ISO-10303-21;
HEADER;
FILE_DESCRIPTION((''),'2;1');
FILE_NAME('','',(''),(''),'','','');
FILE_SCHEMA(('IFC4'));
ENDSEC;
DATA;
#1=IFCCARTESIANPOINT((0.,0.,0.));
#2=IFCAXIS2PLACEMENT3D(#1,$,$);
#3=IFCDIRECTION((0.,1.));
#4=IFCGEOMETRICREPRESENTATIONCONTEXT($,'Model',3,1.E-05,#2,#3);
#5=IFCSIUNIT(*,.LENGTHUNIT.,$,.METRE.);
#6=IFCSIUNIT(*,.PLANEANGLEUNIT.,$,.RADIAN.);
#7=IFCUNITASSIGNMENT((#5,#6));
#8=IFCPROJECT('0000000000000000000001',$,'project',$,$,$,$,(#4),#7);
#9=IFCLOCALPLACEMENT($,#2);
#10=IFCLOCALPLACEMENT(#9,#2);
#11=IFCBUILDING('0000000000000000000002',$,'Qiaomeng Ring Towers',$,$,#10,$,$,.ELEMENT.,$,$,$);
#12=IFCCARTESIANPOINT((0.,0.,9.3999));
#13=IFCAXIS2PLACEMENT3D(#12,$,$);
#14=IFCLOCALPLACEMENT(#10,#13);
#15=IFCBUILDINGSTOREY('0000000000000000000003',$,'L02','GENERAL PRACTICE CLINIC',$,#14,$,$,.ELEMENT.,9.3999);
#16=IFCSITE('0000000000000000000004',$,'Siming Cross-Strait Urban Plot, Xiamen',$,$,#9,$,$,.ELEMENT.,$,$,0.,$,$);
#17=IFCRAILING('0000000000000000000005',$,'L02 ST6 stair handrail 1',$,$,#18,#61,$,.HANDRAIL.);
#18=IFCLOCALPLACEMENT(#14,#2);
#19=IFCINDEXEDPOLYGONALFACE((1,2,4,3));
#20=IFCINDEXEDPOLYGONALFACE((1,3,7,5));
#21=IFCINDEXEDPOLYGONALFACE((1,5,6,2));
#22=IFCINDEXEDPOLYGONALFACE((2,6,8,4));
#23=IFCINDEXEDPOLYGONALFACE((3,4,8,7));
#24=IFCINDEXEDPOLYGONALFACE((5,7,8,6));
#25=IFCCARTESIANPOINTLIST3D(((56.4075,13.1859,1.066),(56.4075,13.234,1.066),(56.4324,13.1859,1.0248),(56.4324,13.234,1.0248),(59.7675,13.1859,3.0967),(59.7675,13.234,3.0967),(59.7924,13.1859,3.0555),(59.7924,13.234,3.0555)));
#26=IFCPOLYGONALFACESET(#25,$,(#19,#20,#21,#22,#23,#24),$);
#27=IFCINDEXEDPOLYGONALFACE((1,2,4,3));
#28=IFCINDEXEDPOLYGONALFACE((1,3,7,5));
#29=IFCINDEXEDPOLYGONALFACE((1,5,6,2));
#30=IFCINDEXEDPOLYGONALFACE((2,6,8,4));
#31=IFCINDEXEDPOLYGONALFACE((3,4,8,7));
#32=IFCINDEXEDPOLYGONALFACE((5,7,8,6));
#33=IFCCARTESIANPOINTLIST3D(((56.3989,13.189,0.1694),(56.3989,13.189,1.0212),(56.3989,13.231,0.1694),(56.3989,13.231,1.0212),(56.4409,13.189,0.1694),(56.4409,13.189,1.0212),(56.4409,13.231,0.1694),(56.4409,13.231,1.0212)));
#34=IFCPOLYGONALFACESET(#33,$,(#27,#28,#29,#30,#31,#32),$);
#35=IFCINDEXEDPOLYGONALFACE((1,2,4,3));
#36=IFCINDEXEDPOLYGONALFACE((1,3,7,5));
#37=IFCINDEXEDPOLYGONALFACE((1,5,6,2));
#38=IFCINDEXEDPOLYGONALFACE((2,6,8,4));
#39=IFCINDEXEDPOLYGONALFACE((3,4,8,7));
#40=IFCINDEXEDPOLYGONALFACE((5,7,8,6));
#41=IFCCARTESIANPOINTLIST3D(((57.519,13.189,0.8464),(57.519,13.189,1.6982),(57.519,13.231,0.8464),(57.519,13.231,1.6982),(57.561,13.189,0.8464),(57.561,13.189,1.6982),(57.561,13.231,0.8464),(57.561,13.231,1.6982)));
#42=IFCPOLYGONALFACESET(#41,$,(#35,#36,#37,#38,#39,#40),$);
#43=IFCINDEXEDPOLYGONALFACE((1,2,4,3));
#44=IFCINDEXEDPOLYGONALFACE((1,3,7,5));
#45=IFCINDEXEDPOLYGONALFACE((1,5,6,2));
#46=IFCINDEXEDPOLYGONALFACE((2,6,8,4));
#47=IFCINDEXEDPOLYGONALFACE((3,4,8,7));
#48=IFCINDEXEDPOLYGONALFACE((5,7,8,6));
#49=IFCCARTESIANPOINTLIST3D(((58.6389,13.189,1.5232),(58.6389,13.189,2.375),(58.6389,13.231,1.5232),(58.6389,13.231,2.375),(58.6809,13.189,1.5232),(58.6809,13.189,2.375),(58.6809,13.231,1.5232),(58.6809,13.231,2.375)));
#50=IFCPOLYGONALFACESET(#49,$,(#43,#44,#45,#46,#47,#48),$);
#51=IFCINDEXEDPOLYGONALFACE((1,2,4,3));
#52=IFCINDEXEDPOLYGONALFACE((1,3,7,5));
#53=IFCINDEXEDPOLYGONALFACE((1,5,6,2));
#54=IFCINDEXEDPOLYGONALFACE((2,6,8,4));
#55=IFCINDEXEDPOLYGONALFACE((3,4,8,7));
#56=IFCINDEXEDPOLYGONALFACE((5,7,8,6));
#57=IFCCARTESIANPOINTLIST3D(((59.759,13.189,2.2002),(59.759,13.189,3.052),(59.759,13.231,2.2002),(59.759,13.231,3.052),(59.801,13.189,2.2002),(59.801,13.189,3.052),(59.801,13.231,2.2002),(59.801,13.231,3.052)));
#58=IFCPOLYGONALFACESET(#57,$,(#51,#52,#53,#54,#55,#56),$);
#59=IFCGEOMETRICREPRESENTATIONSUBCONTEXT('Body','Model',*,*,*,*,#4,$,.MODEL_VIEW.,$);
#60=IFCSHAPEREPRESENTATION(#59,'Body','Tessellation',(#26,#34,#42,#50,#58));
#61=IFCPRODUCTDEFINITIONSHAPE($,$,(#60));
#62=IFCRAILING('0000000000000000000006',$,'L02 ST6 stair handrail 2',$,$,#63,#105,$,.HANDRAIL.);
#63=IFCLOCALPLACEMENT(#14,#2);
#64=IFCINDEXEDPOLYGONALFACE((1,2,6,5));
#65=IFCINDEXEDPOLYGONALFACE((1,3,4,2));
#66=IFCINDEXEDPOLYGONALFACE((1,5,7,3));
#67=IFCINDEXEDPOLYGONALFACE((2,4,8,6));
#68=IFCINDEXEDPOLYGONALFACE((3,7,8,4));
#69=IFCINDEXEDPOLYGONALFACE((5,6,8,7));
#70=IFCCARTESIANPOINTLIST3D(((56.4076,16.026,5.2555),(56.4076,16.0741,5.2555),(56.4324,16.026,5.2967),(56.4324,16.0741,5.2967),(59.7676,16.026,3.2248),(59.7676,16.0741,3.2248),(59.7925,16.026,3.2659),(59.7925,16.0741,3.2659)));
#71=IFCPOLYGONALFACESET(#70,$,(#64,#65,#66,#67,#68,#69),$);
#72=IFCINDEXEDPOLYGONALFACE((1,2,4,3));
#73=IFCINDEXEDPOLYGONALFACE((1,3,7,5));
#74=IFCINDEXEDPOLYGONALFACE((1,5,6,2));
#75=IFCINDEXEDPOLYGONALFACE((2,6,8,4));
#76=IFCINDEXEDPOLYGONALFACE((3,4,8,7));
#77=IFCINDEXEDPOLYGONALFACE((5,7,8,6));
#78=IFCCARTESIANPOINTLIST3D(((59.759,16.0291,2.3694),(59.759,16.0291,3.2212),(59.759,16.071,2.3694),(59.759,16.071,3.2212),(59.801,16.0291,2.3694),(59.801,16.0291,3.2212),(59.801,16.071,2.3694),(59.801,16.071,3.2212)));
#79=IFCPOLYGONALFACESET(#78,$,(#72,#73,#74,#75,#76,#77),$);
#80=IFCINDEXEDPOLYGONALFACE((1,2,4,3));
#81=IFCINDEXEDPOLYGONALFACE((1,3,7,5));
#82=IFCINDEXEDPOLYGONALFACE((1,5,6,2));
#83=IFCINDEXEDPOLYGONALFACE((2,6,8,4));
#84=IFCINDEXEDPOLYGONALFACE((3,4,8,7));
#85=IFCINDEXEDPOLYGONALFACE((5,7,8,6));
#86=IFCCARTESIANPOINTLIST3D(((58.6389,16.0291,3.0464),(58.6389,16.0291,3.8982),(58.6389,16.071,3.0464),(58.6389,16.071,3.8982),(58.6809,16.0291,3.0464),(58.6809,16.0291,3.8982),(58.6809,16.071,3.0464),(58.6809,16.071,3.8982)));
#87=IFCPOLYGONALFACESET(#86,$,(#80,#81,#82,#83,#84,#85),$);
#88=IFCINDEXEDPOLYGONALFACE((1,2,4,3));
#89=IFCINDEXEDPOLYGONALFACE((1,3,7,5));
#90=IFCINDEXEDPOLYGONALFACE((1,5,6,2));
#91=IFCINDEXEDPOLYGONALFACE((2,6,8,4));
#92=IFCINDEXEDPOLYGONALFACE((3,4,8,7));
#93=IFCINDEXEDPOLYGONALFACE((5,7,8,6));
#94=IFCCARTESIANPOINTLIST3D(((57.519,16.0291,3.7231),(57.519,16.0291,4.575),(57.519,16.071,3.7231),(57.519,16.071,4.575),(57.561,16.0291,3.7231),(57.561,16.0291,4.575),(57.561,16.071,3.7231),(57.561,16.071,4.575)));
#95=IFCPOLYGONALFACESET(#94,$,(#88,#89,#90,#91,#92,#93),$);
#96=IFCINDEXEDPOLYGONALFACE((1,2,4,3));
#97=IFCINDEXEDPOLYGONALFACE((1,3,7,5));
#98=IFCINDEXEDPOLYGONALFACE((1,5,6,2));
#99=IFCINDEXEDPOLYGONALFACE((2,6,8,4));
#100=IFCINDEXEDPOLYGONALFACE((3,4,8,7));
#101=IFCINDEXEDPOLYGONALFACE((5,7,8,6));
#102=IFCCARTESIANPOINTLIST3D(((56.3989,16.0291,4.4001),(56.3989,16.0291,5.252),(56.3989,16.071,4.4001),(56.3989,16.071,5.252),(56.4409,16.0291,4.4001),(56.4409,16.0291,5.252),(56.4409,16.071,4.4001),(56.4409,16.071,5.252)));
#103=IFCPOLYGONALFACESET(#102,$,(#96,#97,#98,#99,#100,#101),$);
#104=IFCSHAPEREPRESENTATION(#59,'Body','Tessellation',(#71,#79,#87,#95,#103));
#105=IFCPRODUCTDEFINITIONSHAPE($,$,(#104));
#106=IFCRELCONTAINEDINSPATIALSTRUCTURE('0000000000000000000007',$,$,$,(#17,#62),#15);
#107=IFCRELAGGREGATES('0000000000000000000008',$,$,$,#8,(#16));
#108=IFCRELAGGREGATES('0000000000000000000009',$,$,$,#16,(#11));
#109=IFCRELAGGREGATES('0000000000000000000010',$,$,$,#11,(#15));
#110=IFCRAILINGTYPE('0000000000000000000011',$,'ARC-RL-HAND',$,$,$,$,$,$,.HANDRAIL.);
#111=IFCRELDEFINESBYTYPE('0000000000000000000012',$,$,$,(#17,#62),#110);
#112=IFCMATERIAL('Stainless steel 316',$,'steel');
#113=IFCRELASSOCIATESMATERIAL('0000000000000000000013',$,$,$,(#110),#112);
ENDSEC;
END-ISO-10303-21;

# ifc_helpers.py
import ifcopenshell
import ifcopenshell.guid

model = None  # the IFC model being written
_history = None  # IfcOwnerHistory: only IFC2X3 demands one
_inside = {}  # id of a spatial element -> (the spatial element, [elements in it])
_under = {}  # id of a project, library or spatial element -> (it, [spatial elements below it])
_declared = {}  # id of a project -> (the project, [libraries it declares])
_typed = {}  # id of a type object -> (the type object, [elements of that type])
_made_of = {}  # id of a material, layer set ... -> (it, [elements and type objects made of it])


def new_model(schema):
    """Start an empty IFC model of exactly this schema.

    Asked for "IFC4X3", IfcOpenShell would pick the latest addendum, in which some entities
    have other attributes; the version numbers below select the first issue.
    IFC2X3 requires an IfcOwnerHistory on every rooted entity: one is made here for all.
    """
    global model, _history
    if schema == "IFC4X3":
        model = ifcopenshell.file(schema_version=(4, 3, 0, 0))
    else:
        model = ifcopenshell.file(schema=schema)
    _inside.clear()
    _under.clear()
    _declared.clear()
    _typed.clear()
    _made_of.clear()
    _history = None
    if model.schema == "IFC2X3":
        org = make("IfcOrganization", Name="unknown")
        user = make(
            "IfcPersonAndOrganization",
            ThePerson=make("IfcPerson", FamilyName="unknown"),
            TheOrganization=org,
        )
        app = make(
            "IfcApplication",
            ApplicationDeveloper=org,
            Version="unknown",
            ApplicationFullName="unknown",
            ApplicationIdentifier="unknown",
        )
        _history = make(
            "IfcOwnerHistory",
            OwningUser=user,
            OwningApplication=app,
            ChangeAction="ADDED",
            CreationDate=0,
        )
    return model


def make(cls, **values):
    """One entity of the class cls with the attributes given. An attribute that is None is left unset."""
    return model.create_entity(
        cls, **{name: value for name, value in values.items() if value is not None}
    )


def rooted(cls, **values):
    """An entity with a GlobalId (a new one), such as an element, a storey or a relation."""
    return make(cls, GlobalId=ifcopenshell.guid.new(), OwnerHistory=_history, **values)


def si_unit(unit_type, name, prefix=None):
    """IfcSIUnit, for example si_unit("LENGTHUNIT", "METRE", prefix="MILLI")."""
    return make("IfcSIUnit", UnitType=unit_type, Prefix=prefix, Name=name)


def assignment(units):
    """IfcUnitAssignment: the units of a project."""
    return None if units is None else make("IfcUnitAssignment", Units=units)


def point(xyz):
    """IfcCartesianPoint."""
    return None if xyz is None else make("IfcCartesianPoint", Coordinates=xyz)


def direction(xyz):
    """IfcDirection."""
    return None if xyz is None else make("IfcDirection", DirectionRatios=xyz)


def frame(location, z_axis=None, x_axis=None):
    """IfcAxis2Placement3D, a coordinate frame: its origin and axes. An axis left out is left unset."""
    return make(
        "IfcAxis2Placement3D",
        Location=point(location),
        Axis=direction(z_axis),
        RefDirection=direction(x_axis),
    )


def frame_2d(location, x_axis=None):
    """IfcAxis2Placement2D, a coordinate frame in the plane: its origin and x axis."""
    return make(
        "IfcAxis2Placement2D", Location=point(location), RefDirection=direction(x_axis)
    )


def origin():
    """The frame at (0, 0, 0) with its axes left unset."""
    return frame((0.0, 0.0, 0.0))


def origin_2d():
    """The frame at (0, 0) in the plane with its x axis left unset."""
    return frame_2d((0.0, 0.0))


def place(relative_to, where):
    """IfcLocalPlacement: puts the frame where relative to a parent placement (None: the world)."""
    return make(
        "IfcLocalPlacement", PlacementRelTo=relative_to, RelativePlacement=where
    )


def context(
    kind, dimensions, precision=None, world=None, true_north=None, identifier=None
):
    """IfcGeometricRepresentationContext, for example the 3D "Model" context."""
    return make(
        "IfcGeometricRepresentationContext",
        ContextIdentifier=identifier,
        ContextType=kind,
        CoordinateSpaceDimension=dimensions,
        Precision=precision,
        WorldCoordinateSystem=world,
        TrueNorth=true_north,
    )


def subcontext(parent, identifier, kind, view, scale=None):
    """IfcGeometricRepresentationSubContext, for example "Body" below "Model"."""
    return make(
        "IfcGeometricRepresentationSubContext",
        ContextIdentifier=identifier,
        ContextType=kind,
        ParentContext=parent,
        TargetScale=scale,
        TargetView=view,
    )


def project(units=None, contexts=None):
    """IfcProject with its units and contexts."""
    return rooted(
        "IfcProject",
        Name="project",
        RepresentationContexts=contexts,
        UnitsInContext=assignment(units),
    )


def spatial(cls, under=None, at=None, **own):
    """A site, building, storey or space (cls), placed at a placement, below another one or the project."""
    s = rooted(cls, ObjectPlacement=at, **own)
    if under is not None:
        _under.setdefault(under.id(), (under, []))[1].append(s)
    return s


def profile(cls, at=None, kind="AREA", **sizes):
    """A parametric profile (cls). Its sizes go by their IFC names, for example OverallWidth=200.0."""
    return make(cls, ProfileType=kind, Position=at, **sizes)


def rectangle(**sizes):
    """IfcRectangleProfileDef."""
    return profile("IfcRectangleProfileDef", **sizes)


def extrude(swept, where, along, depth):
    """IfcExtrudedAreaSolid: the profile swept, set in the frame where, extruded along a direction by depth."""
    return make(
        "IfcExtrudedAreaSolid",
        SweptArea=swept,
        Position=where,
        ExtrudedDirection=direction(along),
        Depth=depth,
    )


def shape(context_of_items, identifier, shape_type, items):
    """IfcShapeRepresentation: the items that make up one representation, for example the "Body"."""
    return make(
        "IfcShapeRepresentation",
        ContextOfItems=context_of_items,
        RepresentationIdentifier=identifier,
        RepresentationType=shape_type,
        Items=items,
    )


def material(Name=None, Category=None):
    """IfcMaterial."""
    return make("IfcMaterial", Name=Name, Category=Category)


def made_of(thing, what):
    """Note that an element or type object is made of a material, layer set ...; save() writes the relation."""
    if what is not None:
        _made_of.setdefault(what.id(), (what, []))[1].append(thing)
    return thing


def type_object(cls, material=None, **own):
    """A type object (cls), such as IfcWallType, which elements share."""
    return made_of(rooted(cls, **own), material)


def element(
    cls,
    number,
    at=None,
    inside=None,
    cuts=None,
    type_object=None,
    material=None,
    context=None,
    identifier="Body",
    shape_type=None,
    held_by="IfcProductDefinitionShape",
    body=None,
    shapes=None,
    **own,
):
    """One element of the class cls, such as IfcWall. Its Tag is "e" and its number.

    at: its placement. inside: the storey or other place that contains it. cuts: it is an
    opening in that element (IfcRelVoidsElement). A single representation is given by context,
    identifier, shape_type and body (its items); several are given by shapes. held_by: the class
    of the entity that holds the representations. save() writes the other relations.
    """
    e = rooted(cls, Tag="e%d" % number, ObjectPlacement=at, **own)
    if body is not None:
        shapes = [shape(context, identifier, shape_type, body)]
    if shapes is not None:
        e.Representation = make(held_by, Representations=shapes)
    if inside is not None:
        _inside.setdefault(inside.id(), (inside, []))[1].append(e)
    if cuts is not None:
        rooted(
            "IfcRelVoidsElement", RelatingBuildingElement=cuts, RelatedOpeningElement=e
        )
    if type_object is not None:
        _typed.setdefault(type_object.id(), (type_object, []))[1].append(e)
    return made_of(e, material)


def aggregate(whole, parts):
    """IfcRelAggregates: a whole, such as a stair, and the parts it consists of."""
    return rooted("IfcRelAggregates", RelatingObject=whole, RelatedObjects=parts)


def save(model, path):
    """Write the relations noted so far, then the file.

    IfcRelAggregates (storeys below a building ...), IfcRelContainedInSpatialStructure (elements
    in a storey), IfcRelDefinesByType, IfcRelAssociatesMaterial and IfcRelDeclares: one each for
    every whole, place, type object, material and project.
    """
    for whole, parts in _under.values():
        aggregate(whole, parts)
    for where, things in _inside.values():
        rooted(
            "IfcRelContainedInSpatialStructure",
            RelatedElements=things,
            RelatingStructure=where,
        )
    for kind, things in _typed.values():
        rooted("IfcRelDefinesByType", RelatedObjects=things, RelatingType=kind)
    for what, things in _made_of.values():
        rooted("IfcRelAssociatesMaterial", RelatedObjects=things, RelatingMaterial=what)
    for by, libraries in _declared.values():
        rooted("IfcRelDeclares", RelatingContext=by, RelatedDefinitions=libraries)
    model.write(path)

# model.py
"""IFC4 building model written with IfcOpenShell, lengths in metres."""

from ifc_helpers import new_model, si_unit, direction, frame, origin, origin_2d, place, context, subcontext, project, spatial, rectangle, extrude, material, type_object, element, save


model = new_model("IFC4")

# Units and contexts
model_context = context("Model", 3, precision=1e-05, world=origin(), true_north=direction((0.0, 1.0)))
body_context = subcontext(model_context, "Body", "Model", "MODEL_VIEW")
ifc_project = project(units=[si_unit("LENGTHUNIT", "METRE"), si_unit("PLANEANGLEUNIT", "RADIAN")], contexts=[model_context])

# Site, building, storey
site_placement = place(None, origin())
site = spatial("IfcSite", under=ifc_project, at=site_placement, Name="Siming Cross-Strait Urban Plot, Xiamen", CompositionType="ELEMENT", RefElevation=0.0)
building_placement = place(site_placement, origin())
building = spatial("IfcBuilding", under=site, at=building_placement, Name="Qiaomeng Ring Towers", CompositionType="ELEMENT")
storey_placement = place(building_placement, frame((0.0, 0.0, 9.3999)))
storey = spatial("IfcBuildingStorey", under=building, at=storey_placement, Name="L02", Description="GENERAL PRACTICE CLINIC", CompositionType="ELEMENT", Elevation=9.3999)

# Shared definitions
ifc_material_1 = material(Name="Stainless steel 316", Category="steel")

# Railings
railing_type_1 = type_object("IfcRailingType", Name="ARC-RL-HAND", PredefinedType="HANDRAIL", material=ifc_material_1)
railing_1_placement = place(storey_placement, frame((56.4199, 13.21, 0.1694)))
element("IfcRailing", 1, at=railing_1_placement, inside=storey, type_object=railing_type_1, Name="L02 ST6 stair handrail 1", PredefinedType="HANDRAIL", context=body_context, shape_type="SweptSolid", body=[
    extrude(rectangle(XDim=0.0481, YDim=0.0481, at=origin_2d()), frame((0.0, 0.0, 0.876), z_axis=(0.855837, 0.0, 0.517246), x_axis=(0.0, 1.0, 0.0)), (0.0, 0.0, 1.0), 3.926),
    extrude(rectangle(XDim=0.042, YDim=0.042, at=origin_2d()), origin(), (0.0, 0.0, 1.0), 0.8518),
    extrude(rectangle(XDim=0.042, YDim=0.042, at=origin_2d()), frame((1.1201, 0.0, 0.677)), (0.0, 0.0, 1.0), 0.8518),
    extrude(rectangle(XDim=0.042, YDim=0.042, at=origin_2d()), frame((2.24, 0.0, 1.3538)), (0.0, 0.0, 1.0), 0.8518),
    extrude(rectangle(XDim=0.042, YDim=0.042, at=origin_2d()), frame((3.3601, 0.0, 2.0308)), (0.0, 0.0, 1.0), 0.8518),
])
railing_2_placement = place(storey_placement, frame((59.78, 16.05, 2.3694)))
element("IfcRailing", 2, at=railing_2_placement, inside=storey, type_object=railing_type_1, Name="L02 ST6 stair handrail 2", PredefinedType="HANDRAIL", context=body_context, shape_type="SweptSolid", body=[
    extrude(rectangle(XDim=0.0481, YDim=0.0481, at=origin_2d()), frame((0.0, 0.0, 0.876), z_axis=(-0.855837, 0.0, 0.517246), x_axis=(0.0, -1.0, 0.0)), (0.0, 0.0, 1.0), 3.926),
    extrude(rectangle(XDim=0.042, YDim=0.042, at=origin_2d()), origin(), (0.0, 0.0, 1.0), 0.8518),
    extrude(rectangle(XDim=0.042, YDim=0.042, at=origin_2d()), frame((-1.1201, 0.0, 0.677)), (0.0, 0.0, 1.0), 0.8518),
    extrude(rectangle(XDim=0.042, YDim=0.042, at=origin_2d()), frame((-2.24, 0.0, 1.3538)), (0.0, 0.0, 1.0), 0.8518),
    extrude(rectangle(XDim=0.042, YDim=0.042, at=origin_2d()), frame((-3.3601, 0.0, 2.0308)), (0.0, 0.0, 1.0), 0.8518),
])

save(model, "model.ifc")
